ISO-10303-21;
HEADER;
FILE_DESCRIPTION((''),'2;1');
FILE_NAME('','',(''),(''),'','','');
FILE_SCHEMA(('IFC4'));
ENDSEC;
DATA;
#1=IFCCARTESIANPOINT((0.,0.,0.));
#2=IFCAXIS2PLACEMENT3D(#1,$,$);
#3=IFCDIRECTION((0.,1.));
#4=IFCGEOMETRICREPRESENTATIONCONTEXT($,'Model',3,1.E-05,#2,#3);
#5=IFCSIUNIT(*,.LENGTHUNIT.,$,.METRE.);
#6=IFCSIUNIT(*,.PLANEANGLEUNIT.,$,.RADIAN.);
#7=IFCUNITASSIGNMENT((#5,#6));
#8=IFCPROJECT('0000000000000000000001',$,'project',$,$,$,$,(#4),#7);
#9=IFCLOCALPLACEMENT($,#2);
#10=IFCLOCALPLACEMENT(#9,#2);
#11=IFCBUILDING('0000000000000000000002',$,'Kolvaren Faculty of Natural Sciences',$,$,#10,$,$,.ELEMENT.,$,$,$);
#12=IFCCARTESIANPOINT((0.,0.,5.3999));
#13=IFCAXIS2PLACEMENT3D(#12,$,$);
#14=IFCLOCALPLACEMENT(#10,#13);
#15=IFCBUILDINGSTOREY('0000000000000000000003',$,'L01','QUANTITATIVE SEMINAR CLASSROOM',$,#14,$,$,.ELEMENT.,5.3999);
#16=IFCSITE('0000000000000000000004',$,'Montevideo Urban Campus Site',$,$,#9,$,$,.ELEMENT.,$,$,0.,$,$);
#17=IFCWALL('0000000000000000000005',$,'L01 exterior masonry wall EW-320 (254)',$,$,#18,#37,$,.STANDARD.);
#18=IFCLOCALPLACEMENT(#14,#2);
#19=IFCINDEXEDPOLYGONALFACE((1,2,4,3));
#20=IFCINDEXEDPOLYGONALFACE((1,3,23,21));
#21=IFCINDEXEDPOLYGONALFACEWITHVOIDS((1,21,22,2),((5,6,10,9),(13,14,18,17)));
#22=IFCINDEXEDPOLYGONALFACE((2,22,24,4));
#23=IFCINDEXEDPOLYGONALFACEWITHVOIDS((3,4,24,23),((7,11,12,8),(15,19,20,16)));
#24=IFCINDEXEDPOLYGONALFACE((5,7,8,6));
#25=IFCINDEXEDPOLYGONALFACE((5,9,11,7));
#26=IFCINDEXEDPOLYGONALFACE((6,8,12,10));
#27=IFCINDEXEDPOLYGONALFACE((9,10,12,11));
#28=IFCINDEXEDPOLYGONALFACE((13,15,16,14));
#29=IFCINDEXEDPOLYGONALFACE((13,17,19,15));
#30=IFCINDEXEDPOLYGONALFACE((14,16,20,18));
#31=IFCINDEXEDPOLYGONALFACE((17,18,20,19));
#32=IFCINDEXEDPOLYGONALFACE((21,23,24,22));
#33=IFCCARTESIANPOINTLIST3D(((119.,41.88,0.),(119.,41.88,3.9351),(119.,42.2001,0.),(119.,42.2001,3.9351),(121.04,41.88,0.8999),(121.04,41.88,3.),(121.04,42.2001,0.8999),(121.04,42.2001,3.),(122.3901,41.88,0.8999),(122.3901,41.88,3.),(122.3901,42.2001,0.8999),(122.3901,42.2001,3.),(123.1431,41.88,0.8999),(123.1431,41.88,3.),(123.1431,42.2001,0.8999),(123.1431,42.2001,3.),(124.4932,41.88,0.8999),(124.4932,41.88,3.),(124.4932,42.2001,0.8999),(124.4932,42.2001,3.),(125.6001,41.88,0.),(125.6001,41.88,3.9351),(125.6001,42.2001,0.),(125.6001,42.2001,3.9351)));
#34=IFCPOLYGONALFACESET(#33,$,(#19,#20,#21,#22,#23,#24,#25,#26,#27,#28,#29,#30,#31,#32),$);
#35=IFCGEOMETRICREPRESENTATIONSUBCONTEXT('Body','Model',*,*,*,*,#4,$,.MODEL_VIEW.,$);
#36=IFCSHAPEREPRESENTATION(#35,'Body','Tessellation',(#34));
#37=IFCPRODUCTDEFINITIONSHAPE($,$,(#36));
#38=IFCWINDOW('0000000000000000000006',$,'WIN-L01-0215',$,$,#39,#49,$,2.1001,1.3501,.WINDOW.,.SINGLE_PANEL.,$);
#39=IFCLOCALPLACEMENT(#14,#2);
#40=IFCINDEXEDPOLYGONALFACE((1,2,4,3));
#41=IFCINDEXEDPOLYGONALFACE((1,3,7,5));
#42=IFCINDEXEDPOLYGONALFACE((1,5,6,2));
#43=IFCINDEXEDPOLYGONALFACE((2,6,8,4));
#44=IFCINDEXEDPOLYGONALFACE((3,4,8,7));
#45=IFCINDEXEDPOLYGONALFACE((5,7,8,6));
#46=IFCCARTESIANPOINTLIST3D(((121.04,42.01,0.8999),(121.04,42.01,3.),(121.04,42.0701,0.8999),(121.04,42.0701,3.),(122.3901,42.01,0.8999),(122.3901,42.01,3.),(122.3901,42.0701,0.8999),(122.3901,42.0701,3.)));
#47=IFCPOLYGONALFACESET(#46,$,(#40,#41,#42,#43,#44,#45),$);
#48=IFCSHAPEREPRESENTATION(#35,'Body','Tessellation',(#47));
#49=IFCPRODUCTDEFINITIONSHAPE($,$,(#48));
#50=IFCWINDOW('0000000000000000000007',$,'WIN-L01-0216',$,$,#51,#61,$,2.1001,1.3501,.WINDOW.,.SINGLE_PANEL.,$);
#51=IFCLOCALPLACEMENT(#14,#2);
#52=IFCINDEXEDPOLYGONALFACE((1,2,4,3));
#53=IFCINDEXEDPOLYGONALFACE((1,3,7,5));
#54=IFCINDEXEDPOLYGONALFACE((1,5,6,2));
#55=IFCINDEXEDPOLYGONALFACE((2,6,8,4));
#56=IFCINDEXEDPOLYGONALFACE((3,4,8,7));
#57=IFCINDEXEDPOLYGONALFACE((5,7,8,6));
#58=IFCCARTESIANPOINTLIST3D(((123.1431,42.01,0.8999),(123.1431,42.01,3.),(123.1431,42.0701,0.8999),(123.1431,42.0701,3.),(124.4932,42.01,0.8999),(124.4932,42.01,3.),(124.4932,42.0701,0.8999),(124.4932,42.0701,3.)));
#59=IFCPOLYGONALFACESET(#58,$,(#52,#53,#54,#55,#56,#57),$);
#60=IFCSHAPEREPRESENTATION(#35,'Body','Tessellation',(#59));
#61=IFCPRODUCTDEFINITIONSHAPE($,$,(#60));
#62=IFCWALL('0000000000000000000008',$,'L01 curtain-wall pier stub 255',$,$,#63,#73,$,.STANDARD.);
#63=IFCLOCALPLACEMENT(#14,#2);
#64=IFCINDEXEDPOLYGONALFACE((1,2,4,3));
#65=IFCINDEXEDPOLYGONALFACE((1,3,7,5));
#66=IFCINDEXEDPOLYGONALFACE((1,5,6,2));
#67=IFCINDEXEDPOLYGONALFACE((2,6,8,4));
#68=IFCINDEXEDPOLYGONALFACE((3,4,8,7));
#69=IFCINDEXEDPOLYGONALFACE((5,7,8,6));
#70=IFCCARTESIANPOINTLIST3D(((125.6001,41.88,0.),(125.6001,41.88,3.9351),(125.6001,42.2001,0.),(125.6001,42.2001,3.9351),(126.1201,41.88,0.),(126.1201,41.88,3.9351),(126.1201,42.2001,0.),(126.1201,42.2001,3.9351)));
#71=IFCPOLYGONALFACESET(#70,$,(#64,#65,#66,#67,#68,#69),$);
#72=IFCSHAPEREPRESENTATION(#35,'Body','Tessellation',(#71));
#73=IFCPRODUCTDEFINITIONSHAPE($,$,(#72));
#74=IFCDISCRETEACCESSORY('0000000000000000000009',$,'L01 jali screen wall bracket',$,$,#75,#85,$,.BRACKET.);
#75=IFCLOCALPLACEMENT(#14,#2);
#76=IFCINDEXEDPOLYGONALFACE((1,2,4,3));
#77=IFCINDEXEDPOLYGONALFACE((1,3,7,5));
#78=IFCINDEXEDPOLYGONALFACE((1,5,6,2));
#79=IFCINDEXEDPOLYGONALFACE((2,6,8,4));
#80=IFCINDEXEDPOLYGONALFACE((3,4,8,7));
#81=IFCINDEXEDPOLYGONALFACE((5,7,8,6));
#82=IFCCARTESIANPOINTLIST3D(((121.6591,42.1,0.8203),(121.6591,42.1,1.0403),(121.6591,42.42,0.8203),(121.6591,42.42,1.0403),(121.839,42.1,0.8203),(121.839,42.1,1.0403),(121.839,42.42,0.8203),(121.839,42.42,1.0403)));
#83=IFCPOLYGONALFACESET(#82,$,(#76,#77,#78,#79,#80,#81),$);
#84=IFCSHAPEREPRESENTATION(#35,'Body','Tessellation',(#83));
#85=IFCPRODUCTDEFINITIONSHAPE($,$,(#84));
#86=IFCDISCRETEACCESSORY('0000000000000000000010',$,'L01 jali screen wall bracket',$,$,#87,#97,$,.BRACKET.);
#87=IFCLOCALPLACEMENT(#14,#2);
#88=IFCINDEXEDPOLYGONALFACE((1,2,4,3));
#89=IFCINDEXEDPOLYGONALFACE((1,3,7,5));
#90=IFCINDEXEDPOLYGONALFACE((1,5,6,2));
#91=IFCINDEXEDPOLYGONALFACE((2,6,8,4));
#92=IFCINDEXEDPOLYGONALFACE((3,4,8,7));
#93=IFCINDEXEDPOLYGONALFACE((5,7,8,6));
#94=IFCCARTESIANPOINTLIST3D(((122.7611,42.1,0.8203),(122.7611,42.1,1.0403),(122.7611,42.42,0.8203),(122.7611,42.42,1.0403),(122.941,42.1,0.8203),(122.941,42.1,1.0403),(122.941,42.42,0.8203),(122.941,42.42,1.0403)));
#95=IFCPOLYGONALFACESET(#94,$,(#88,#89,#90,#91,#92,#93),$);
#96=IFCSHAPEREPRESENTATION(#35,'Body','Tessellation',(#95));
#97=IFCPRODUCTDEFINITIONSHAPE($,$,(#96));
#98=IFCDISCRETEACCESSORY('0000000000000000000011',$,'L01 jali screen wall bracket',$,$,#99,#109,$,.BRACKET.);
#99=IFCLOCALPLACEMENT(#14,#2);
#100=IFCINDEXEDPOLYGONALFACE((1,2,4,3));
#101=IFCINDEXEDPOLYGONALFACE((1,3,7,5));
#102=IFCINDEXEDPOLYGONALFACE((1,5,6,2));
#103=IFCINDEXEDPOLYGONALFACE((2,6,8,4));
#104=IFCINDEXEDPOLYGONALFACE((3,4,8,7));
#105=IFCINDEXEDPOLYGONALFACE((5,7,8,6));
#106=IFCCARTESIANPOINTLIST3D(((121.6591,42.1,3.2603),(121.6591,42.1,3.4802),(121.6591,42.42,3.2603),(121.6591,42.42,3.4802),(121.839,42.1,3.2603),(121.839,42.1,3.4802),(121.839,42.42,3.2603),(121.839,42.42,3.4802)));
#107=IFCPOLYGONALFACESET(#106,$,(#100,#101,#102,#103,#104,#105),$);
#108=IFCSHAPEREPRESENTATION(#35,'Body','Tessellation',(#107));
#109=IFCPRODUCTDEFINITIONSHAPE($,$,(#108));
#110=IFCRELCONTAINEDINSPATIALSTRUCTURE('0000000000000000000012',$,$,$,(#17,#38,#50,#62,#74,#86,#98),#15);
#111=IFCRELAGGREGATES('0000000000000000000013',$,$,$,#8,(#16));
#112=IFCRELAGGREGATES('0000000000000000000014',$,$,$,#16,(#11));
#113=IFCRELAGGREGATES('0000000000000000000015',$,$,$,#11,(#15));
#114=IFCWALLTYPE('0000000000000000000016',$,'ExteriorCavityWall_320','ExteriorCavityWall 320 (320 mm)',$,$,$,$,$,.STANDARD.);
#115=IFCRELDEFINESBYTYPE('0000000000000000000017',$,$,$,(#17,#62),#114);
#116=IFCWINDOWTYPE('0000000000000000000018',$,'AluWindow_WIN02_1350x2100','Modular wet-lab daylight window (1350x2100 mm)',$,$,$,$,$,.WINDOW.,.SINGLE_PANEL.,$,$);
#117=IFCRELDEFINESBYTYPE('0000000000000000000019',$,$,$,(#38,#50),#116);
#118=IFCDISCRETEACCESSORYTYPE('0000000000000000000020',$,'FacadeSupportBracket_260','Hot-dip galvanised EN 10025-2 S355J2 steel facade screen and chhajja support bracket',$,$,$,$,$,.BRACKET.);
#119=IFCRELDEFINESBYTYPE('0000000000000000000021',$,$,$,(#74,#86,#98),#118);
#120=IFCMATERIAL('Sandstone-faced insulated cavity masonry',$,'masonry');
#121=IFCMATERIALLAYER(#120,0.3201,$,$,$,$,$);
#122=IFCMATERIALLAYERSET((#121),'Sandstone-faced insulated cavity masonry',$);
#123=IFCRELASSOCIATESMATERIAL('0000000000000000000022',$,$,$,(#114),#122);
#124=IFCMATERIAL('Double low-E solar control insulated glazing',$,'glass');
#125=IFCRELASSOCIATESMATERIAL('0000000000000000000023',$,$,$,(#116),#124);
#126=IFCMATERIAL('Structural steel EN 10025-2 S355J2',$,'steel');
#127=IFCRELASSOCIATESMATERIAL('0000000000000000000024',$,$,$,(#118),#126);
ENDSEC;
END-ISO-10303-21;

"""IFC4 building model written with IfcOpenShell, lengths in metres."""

from ifc_helpers import new_model, si_unit, direction, frame, frame_2d, origin, origin_2d, place, context, subcontext, project, spatial, rectangle, extrude, material, layer, layer_set, type_object, element, fill, save


model = new_model("IFC4")

# Units and contexts
model_context = context("Model", 3, precision=1e-05, world=origin(), true_north=direction((0.0, 1.0)))
body_context = subcontext(model_context, "Body", "Model", "MODEL_VIEW")
ifc_project = project(units=[si_unit("LENGTHUNIT", "METRE"), si_unit("PLANEANGLEUNIT", "RADIAN")], contexts=[model_context])

# Site, building, storey
site_placement = place(None, origin())
site = spatial("IfcSite", under=ifc_project, at=site_placement, Name="Montevideo Urban Campus Site", CompositionType="ELEMENT", RefElevation=0.0)
building_placement = place(site_placement, origin())
building = spatial("IfcBuilding", under=site, at=building_placement, Name="Kolvaren Faculty of Natural Sciences", CompositionType="ELEMENT")
storey_placement = place(building_placement, frame((0.0, 0.0, 5.3999)))
storey = spatial("IfcBuildingStorey", under=building, at=storey_placement, Name="L01", Description="QUANTITATIVE SEMINAR CLASSROOM", CompositionType="ELEMENT", Elevation=5.3999)

# Shared definitions
ifc_material_1 = material(Name="Double low-E solar control insulated glazing", Category="glass")

# Shared definitions
ifc_material_2 = material(Name="Sandstone-faced insulated cavity masonry", Category="masonry")
ifc_layer_1 = layer(ifc_material_2, 0.3201)
ifc_layer_set_1 = layer_set([ifc_layer_1], Name="Sandstone-faced insulated cavity masonry")
wall_type = type_object("IfcWallType", Name="ExteriorCavityWall_320", Description="ExteriorCavityWall 320 (320 mm)", PredefinedType="STANDARD", material=ifc_layer_set_1)

# Wall, openings, windows
wall_1_placement = place(storey_placement, frame((119.0, 42.04, 0.0), z_axis=(0.0, 0.0, 1.0), x_axis=(1.0, 0.0, 0.0)))
wall_1 = element("IfcWall", 1, at=wall_1_placement, inside=storey, type_object=wall_type, Name="L01 exterior masonry wall EW-320 (254)", PredefinedType="STANDARD", context=body_context, shape_type="SweptSolid", body=[
    extrude(rectangle(XDim=6.6001, YDim=0.3201, at=frame_2d((3.3, 0.0))), origin(), (0.0, 0.0, 1.0), 3.9351),
])
opening_1_placement = place(wall_1_placement, frame((2.04, 0.0, 0.8999)))
opening_1 = element("IfcOpeningElement", 2, at=opening_1_placement, cuts=wall_1, PredefinedType="OPENING", context=body_context, shape_type="SweptSolid", body=[
    extrude(rectangle(XDim=1.3501, YDim=2.1001, at=frame_2d((0.675, 1.05))), frame((0.0, 0.1699, 0.0), z_axis=(0.0, -1.0, 0.0), x_axis=(1.0, 0.0, 0.0)), (0.0, 0.0, 1.0), 0.3401),
])
opening_2_placement = place(wall_1_placement, frame((4.1431, 0.0, 0.8999)))
opening_2 = element("IfcOpeningElement", 3, at=opening_2_placement, cuts=wall_1, PredefinedType="OPENING", context=body_context, shape_type="SweptSolid", body=[
    extrude(rectangle(XDim=1.3501, YDim=2.1001, at=frame_2d((0.675, 1.05))), frame((0.0, 0.1699, 0.0), z_axis=(0.0, -1.0, 0.0), x_axis=(1.0, 0.0, 0.0)), (0.0, 0.0, 1.0), 0.3401),
])
window_type = type_object("IfcWindowType", Name="AluWindow_WIN02_1350x2100", Description="Modular wet-lab daylight window (1350x2100 mm)", PartitioningType="SINGLE_PANEL", PredefinedType="WINDOW", material=ifc_material_1)
window_1_placement = place(opening_1_placement, origin())
window_1 = element("IfcWindow", 4, at=window_1_placement, inside=storey, type_object=window_type, Name="WIN-L01-0215", OverallHeight=2.1001, OverallWidth=1.3501, PartitioningType="SINGLE_PANEL", PredefinedType="WINDOW", context=body_context, shape_type="SweptSolid", body=[
    extrude(rectangle(XDim=1.3501, YDim=2.1001, at=frame_2d((0.675, 1.05))), frame((0.0, 0.03, 0.0), z_axis=(0.0, -1.0, 0.0), x_axis=(1.0, 0.0, 0.0)), (0.0, 0.0, 1.0), 0.0601),
])
fill(opening_1, window_1)
window_2_placement = place(opening_2_placement, origin())
window_2 = element("IfcWindow", 5, at=window_2_placement, inside=storey, type_object=window_type, Name="WIN-L01-0216", OverallHeight=2.1001, OverallWidth=1.3501, PartitioningType="SINGLE_PANEL", PredefinedType="WINDOW", context=body_context, shape_type="SweptSolid", body=[
    extrude(rectangle(XDim=1.3501, YDim=2.1001, at=frame_2d((0.675, 1.05))), frame((0.0, 0.03, 0.0), z_axis=(0.0, -1.0, 0.0), x_axis=(1.0, 0.0, 0.0)), (0.0, 0.0, 1.0), 0.0601),
])
fill(opening_2, window_2)

# Wall
wall_2_placement = place(storey_placement, frame((125.6001, 42.04, 0.0), z_axis=(0.0, 0.0, 1.0), x_axis=(1.0, 0.0, 0.0)))
element("IfcWall", 6, at=wall_2_placement, inside=storey, type_object=wall_type, Name="L01 curtain-wall pier stub 255", PredefinedType="STANDARD", context=body_context, shape_type="SweptSolid", body=[
    extrude(rectangle(XDim=0.52, YDim=0.3201, at=frame_2d((0.26, 0.0))), origin(), (0.0, 0.0, 1.0), 3.9351),
])

# Discrete accessories
ifc_material_3 = material(Name="Structural steel EN 10025-2 S355J2", Category="steel")
discrete_accessory_type = type_object("IfcDiscreteAccessoryType", Name="FacadeSupportBracket_260", Description="Hot-dip galvanised EN 10025-2 S355J2 steel facade screen and chhajja support bracket", PredefinedType="BRACKET", material=ifc_material_3)
for number, where, z_axis, x_axis, name in (
    (7, (121.749, 42.26, 0.8203), (0.0, 0.0, 1.0), (1.0, 0.0, 0.0), "L01 jali screen wall bracket"),
    (8, (122.8511, 42.26, 0.8203), (0.0, 0.0, 1.0), (1.0, 0.0, 0.0), "L01 jali screen wall bracket"),
    (9, (121.749, 42.26, 3.2603), (0.0, 0.0, 1.0), (1.0, 0.0, 0.0), "L01 jali screen wall bracket"),
):
    element("IfcDiscreteAccessory", number, at=place(storey_placement, frame(where, z_axis=z_axis, x_axis=x_axis)), inside=storey, type_object=discrete_accessory_type, Name=name, PredefinedType="BRACKET", context=body_context, shape_type="SweptSolid", body=[
        extrude(rectangle(XDim=0.1799, YDim=0.3201, at=origin_2d()), origin(), (0.0, 0.0, 1.0), 0.22),
    ])

save(model, "model.ifc")
